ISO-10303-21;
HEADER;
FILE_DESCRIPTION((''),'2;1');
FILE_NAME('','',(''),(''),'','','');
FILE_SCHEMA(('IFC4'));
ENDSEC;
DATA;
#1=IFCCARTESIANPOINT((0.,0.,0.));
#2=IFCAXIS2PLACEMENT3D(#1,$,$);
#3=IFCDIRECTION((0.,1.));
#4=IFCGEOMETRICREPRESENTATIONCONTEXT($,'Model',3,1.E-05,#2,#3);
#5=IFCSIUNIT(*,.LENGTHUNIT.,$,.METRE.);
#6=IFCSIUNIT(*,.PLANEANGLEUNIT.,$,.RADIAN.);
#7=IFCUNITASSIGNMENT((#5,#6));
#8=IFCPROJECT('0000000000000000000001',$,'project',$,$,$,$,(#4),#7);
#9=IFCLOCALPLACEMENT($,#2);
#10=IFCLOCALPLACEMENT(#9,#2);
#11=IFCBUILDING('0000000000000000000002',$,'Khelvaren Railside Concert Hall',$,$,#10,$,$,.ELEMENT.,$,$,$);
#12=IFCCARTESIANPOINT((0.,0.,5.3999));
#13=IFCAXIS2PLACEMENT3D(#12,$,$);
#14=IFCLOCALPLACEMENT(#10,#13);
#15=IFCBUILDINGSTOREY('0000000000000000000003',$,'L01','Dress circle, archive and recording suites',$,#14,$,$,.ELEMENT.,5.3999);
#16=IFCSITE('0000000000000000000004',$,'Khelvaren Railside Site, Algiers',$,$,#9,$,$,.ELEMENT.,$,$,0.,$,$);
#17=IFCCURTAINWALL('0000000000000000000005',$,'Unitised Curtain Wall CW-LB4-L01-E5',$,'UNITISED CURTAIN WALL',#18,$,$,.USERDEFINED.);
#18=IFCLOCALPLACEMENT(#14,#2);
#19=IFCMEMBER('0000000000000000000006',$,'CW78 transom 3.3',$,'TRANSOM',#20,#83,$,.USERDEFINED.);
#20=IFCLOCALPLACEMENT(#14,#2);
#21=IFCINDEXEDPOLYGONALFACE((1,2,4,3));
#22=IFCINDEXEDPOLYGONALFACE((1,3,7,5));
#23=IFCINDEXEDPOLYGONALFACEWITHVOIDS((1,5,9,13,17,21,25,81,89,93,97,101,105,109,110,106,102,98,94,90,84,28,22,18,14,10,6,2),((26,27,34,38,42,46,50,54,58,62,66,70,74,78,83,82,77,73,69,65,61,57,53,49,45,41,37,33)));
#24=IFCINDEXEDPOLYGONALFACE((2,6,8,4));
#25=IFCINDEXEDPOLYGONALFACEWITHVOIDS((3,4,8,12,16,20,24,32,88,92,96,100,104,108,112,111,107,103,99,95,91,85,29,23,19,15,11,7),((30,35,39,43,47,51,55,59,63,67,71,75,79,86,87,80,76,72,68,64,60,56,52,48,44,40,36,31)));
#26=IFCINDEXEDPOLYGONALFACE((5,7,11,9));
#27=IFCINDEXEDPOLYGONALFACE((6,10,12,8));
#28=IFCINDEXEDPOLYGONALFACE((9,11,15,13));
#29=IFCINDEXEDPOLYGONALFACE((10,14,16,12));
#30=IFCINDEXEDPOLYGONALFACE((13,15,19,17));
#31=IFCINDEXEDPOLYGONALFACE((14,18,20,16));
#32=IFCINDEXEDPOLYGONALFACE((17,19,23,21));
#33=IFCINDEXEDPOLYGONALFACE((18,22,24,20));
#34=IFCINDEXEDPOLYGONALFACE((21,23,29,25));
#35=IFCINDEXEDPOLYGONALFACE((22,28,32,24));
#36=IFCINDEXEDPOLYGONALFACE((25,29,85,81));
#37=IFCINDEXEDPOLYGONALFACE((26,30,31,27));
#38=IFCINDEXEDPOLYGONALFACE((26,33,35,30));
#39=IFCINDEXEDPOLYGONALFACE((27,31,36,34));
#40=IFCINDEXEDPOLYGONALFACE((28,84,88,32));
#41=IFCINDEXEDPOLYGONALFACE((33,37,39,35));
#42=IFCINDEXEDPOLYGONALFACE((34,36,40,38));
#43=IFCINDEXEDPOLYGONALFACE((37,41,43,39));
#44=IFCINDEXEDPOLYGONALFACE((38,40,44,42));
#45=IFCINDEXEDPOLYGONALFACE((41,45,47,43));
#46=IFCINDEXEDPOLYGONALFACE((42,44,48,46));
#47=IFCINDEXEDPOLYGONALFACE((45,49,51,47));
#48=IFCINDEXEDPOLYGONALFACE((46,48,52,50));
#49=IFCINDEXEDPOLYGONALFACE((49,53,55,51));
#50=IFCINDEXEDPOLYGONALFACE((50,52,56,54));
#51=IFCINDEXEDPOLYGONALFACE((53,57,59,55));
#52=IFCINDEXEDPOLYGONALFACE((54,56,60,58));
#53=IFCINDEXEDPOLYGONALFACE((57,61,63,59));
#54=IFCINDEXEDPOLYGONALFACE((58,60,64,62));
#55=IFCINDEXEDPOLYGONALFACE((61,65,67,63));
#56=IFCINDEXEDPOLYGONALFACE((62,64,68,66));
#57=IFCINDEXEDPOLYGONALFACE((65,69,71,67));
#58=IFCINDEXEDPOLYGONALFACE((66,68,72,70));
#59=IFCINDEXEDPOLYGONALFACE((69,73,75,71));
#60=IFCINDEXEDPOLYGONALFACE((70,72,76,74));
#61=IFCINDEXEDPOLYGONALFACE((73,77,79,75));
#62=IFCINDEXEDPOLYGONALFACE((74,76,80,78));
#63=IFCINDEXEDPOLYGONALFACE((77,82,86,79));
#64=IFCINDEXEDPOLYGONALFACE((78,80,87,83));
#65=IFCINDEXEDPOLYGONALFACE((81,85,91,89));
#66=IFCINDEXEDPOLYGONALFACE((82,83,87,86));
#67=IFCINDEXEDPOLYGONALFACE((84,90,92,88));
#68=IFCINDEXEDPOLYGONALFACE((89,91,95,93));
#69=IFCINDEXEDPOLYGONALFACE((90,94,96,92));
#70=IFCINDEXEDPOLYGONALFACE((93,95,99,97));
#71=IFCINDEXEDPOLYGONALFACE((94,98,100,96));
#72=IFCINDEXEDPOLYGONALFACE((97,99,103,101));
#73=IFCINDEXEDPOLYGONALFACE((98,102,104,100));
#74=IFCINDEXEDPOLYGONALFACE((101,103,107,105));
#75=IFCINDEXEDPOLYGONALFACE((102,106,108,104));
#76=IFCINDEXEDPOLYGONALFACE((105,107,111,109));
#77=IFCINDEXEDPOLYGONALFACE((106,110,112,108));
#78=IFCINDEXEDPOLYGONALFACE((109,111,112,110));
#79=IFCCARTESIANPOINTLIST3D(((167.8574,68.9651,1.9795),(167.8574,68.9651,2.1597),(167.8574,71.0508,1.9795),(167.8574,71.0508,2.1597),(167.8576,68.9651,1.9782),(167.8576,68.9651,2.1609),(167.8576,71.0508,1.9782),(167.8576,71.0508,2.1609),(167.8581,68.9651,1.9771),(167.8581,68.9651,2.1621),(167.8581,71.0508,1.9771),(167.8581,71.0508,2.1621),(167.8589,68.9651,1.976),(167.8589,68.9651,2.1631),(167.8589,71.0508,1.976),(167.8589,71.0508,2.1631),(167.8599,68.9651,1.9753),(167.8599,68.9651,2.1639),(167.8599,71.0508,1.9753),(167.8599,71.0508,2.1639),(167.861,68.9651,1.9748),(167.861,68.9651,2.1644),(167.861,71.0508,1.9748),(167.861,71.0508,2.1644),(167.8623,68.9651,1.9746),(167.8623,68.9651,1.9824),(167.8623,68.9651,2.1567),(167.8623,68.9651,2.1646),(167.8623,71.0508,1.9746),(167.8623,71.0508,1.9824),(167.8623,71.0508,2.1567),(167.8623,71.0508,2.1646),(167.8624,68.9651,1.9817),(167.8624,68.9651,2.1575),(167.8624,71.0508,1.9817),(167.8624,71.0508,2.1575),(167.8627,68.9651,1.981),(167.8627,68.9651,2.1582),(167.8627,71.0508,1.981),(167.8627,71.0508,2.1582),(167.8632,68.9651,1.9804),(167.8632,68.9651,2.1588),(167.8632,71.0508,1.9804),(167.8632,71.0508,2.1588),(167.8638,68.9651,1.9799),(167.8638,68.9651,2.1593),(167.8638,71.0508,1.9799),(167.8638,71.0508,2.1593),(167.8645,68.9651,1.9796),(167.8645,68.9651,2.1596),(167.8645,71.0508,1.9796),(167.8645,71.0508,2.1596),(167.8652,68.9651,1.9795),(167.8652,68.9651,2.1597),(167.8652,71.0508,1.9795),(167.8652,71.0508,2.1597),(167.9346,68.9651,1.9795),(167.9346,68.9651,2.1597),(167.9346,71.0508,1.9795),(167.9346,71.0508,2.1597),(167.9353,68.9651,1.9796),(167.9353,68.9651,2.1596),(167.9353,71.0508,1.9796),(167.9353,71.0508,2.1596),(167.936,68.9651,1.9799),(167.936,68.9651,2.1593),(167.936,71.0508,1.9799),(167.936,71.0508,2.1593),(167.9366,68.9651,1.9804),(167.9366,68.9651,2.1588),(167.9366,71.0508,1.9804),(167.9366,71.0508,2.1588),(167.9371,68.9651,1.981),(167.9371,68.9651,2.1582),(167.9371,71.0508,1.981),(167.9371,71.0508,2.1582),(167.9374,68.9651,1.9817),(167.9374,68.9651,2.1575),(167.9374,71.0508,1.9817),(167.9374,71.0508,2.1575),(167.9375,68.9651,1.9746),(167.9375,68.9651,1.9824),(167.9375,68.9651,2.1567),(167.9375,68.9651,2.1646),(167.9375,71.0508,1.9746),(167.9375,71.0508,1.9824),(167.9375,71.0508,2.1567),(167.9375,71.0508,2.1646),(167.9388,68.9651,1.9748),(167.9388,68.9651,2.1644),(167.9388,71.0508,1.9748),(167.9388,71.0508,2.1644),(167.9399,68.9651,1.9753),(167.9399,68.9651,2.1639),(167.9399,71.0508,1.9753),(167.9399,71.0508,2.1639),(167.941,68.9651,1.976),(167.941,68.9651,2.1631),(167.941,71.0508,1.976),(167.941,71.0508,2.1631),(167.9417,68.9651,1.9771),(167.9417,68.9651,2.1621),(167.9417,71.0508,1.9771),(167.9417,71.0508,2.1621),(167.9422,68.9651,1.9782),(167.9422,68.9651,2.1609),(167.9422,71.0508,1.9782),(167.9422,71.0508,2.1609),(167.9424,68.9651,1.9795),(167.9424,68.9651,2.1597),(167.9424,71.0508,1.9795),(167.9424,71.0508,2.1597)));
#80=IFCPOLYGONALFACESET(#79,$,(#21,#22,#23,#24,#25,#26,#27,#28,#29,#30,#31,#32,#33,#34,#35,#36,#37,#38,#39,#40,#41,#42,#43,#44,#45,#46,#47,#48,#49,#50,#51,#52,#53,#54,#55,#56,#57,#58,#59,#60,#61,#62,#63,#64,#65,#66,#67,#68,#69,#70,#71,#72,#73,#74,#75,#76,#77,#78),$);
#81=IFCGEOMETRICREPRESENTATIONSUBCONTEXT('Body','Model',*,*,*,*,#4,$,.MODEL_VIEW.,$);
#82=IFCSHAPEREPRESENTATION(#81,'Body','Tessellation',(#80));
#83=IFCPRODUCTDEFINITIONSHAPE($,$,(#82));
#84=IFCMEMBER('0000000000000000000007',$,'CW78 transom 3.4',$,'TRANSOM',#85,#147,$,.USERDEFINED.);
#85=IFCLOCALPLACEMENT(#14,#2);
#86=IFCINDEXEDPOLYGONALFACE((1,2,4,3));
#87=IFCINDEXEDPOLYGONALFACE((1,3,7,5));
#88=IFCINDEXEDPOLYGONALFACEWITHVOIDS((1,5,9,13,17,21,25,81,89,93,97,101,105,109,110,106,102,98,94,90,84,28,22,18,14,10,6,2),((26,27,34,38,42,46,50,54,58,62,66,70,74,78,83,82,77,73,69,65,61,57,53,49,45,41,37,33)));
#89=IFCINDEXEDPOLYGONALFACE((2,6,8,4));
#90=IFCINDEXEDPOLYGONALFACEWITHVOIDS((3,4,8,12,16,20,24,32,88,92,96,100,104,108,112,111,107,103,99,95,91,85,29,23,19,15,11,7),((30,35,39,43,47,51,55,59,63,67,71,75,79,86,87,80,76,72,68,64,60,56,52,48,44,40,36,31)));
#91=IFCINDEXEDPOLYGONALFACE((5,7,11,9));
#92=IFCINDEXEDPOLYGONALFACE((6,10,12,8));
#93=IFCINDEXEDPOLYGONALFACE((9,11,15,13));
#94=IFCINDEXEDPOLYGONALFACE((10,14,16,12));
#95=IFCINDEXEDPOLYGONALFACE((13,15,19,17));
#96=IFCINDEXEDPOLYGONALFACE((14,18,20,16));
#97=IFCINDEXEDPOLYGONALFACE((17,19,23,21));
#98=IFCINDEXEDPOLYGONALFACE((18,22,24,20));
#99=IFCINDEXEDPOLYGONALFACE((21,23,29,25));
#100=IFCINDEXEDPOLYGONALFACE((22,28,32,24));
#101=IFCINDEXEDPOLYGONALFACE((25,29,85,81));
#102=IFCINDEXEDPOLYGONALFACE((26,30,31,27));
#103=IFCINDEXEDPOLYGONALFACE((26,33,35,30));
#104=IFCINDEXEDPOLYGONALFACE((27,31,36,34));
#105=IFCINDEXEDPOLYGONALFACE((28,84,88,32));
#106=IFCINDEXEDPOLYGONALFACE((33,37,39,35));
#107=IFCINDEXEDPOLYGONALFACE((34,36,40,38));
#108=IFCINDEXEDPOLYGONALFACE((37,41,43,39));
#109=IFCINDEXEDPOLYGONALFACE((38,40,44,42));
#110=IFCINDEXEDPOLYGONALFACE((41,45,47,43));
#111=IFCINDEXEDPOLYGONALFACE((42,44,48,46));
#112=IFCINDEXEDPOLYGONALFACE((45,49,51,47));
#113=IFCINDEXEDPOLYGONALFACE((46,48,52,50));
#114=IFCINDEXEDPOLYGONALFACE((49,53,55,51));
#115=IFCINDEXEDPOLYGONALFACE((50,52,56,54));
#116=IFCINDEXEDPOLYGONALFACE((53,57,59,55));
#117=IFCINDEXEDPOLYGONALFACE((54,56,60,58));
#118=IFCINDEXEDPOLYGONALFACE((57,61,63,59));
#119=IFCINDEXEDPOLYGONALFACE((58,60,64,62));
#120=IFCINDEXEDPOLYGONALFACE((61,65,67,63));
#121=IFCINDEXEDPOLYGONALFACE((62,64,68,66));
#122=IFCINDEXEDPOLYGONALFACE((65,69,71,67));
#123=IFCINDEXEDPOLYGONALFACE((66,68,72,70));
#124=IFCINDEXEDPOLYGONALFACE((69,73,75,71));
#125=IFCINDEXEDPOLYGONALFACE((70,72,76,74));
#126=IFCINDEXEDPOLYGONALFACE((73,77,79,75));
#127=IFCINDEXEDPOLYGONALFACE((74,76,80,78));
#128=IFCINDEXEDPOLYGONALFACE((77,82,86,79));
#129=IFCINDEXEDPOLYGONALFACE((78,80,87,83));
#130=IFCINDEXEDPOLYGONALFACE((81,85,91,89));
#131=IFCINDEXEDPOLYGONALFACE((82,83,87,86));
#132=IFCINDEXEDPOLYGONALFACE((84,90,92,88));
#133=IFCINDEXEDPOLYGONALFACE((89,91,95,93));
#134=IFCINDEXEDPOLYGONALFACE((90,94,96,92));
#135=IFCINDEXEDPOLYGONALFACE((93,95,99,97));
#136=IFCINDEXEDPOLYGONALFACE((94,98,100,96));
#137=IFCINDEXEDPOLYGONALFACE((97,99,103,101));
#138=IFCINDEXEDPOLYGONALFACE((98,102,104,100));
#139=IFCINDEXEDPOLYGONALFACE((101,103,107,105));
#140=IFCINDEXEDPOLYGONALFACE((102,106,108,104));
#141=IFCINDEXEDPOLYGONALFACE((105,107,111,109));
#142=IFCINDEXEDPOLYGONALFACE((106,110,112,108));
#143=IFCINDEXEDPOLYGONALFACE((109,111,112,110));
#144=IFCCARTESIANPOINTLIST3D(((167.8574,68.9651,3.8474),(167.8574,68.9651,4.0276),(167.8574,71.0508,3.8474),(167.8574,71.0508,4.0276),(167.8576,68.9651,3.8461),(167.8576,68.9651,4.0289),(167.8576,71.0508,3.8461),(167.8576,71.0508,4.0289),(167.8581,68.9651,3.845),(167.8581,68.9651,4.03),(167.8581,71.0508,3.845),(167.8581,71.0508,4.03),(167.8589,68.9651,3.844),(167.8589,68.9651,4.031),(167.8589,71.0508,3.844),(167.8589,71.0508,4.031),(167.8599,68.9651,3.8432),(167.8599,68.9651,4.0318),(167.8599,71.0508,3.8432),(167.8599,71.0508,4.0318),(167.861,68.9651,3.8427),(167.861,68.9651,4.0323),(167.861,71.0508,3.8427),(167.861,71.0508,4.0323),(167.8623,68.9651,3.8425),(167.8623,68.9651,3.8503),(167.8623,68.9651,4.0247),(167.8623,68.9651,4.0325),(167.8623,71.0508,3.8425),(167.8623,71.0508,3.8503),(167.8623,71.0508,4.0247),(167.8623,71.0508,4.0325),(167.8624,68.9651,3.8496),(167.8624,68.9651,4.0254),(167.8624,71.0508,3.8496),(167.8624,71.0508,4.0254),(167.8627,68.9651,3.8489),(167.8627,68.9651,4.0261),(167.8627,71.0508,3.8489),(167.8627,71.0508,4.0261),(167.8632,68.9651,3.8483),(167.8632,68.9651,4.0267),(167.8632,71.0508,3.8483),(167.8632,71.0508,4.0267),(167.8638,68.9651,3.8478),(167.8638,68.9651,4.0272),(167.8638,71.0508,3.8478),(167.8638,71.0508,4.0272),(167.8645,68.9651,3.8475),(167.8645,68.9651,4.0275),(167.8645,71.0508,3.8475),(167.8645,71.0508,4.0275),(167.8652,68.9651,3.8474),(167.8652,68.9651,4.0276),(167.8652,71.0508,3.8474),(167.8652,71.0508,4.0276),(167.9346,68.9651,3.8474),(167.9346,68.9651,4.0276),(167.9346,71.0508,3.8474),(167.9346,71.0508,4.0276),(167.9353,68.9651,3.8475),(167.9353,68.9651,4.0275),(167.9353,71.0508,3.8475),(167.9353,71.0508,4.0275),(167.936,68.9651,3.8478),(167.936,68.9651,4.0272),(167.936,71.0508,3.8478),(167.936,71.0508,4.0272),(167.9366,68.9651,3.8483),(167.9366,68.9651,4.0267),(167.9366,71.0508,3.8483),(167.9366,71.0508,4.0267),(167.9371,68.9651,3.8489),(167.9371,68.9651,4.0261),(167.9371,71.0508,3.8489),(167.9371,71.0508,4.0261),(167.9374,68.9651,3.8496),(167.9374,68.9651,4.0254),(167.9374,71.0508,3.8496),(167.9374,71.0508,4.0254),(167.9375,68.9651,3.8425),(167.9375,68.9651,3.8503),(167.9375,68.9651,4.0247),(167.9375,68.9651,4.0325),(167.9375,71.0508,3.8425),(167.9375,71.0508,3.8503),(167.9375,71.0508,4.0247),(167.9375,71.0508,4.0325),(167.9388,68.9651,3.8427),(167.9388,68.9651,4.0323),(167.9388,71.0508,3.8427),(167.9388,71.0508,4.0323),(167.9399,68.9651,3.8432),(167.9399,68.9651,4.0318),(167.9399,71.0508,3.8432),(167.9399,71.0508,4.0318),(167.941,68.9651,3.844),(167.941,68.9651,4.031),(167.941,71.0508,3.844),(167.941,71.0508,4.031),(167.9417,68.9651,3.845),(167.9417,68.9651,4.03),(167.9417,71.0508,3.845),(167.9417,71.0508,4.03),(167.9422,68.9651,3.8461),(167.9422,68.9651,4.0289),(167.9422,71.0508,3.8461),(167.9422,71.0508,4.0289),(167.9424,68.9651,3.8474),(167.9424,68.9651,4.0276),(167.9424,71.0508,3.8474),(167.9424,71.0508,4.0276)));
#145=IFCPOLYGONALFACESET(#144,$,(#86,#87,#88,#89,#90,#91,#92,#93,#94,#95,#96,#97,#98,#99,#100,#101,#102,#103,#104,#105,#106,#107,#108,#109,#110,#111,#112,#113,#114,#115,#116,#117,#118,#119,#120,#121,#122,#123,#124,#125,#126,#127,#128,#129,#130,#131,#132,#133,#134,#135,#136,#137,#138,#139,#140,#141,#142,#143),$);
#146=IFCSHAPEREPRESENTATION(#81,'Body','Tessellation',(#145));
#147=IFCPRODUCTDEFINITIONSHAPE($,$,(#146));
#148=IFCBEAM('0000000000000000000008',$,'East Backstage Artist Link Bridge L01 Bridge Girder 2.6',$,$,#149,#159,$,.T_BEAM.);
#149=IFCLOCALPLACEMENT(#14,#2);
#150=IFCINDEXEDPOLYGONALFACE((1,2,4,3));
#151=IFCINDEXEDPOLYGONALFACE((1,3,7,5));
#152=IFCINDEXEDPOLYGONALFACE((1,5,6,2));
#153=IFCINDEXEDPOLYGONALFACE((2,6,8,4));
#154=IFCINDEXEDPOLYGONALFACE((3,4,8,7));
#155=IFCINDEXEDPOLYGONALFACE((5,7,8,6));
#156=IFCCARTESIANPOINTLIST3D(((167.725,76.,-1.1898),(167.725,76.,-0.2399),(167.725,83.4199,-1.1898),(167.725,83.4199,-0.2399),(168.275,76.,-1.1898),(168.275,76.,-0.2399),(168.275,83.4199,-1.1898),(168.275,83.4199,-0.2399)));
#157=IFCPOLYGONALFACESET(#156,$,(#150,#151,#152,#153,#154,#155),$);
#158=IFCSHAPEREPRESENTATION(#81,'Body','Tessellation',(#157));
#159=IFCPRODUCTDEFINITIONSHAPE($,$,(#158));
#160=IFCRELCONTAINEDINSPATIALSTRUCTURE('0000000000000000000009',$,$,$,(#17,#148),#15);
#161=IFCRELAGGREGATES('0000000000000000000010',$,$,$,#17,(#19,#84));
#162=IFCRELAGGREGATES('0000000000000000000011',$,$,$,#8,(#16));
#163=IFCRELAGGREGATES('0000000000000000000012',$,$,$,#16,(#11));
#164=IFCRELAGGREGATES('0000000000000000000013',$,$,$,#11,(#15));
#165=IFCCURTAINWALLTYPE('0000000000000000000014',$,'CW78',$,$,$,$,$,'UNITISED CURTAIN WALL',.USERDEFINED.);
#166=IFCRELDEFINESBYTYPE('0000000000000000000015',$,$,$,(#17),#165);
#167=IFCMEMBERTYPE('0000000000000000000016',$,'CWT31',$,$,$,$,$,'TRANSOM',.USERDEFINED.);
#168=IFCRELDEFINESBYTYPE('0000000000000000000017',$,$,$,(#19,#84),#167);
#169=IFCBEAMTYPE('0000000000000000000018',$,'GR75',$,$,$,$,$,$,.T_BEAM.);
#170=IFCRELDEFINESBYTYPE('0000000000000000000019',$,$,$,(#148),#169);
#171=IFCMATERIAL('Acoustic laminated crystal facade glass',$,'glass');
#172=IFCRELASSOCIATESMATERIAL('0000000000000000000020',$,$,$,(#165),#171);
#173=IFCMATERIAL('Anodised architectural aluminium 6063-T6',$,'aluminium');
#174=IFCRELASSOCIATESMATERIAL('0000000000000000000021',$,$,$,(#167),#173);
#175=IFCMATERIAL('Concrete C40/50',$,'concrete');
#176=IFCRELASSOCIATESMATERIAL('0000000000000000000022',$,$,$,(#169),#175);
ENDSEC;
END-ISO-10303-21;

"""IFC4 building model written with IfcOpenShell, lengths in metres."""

from ifc_helpers import new_model, si_unit, direction, frame, origin, origin_2d, place, context, subcontext, project, spatial, rectangle, hollow_rectangle, extrude, material, material_profile, profile_set, type_object, element, aggregate, save


model = new_model("IFC4")

# Units and contexts
model_context = context("Model", 3, precision=1e-05, world=origin(), true_north=direction((0.0, 1.0)))
body_context = subcontext(model_context, "Body", "Model", "MODEL_VIEW")
ifc_project = project(units=[si_unit("LENGTHUNIT", "METRE"), si_unit("PLANEANGLEUNIT", "RADIAN")], contexts=[model_context])

# Site, building, storey
site_placement = place(None, origin())
site = spatial("IfcSite", under=ifc_project, at=site_placement, Name="Khelvaren Railside Site, Algiers", CompositionType="ELEMENT", RefElevation=0.0)
building_placement = place(site_placement, origin())
building = spatial("IfcBuilding", under=site, at=building_placement, Name="Khelvaren Railside Concert Hall", CompositionType="ELEMENT")
storey_placement = place(building_placement, frame((0.0, 0.0, 5.3999)))
storey = spatial("IfcBuildingStorey", under=building, at=storey_placement, Name="L01", Description="Dress circle, archive and recording suites", CompositionType="ELEMENT", Elevation=5.3999)

# Shared definitions
ifc_material_1 = material(Name="Acoustic laminated crystal facade glass", Category="glass")
curtain_wall_type = type_object("IfcCurtainWallType", Name="CW78", ElementType="UNITISED CURTAIN WALL", PredefinedType="USERDEFINED", material=ifc_material_1)
ifc_material_2 = material(Name="Anodised architectural aluminium 6063-T6", Category="aluminium")

# Curtain wall, members
curtain_wall_1_placement = place(storey_placement, origin())
curtain_wall_1 = element("IfcCurtainWall", 1, at=curtain_wall_1_placement, inside=storey, type_object=curtain_wall_type, Name="Unitised Curtain Wall CW-LB4-L01-E5", ObjectType="UNITISED CURTAIN WALL", PredefinedType="USERDEFINED")
ifc_material_profile_1 = material_profile(ifc_material_2, hollow_rectangle(XDim=0.085, YDim=0.1899, WallThickness=0.0049, InnerFilletRadius=0.0029, OuterFilletRadius=0.0049, at=origin_2d()), Name="CWT 85x190x5")
ifc_profile_set_1 = profile_set([ifc_material_profile_1], Name="Anodised architectural aluminium 6063-T6")
member_type_1 = type_object("IfcMemberType", Name="CWT31", ElementType="TRANSOM", PredefinedType="USERDEFINED", material=ifc_profile_set_1)
member_1_placement = place(storey_placement, frame((167.8999, 71.0508, 2.0696), z_axis=(0.0, -1.0, 0.0), x_axis=(1.0, 0.0, 0.0)))
member_1 = element("IfcMember", 2, at=member_1_placement, type_object=member_type_1, Name="CW78 transom 3.3", ObjectType="TRANSOM", PredefinedType="USERDEFINED", context=body_context, shape_type="SweptSolid", body=[
    extrude(hollow_rectangle(XDim=0.085, YDim=0.1899, WallThickness=0.0049, InnerFilletRadius=0.0029, OuterFilletRadius=0.0049, at=origin_2d()), origin(), (0.0, 0.0, 1.0), 2.0857),
])
member_2_placement = place(storey_placement, frame((167.8999, 71.0508, 3.9375), z_axis=(0.0, -1.0, 0.0), x_axis=(1.0, 0.0, 0.0)))
member_2 = element("IfcMember", 3, at=member_2_placement, type_object=member_type_1, Name="CW78 transom 3.4", ObjectType="TRANSOM", PredefinedType="USERDEFINED", context=body_context, shape_type="SweptSolid", body=[
    extrude(hollow_rectangle(XDim=0.085, YDim=0.1899, WallThickness=0.0049, InnerFilletRadius=0.0029, OuterFilletRadius=0.0049, at=origin_2d()), origin(), (0.0, 0.0, 1.0), 2.0857),
])

# Beam
ifc_material_3 = material(Name="Concrete C40/50", Category="concrete")
ifc_material_profile_2 = material_profile(ifc_material_3, rectangle(XDim=0.55, YDim=0.95, at=origin_2d()), Name="RCB 550x950")
ifc_profile_set_2 = profile_set([ifc_material_profile_2], Name="Concrete C40/50")
beam_type_1 = type_object("IfcBeamType", Name="GR75", PredefinedType="T_BEAM", material=ifc_profile_set_2)
beam_1_placement = place(storey_placement, frame((168.0, 76.0, -0.7148), z_axis=(0.0, 1.0, 0.0), x_axis=(-1.0, 0.0, 0.0)))
element("IfcBeam", 4, at=beam_1_placement, inside=storey, type_object=beam_type_1, Name="East Backstage Artist Link Bridge L01 Bridge Girder 2.6", PredefinedType="T_BEAM", context=body_context, shape_type="SweptSolid", body=[
    extrude(rectangle(XDim=0.55, YDim=0.95, at=origin_2d()), origin(), (0.0, 0.0, 1.0), 7.4199),
])

aggregate(curtain_wall_1, [member_1, member_2])

save(model, "model.ifc")
